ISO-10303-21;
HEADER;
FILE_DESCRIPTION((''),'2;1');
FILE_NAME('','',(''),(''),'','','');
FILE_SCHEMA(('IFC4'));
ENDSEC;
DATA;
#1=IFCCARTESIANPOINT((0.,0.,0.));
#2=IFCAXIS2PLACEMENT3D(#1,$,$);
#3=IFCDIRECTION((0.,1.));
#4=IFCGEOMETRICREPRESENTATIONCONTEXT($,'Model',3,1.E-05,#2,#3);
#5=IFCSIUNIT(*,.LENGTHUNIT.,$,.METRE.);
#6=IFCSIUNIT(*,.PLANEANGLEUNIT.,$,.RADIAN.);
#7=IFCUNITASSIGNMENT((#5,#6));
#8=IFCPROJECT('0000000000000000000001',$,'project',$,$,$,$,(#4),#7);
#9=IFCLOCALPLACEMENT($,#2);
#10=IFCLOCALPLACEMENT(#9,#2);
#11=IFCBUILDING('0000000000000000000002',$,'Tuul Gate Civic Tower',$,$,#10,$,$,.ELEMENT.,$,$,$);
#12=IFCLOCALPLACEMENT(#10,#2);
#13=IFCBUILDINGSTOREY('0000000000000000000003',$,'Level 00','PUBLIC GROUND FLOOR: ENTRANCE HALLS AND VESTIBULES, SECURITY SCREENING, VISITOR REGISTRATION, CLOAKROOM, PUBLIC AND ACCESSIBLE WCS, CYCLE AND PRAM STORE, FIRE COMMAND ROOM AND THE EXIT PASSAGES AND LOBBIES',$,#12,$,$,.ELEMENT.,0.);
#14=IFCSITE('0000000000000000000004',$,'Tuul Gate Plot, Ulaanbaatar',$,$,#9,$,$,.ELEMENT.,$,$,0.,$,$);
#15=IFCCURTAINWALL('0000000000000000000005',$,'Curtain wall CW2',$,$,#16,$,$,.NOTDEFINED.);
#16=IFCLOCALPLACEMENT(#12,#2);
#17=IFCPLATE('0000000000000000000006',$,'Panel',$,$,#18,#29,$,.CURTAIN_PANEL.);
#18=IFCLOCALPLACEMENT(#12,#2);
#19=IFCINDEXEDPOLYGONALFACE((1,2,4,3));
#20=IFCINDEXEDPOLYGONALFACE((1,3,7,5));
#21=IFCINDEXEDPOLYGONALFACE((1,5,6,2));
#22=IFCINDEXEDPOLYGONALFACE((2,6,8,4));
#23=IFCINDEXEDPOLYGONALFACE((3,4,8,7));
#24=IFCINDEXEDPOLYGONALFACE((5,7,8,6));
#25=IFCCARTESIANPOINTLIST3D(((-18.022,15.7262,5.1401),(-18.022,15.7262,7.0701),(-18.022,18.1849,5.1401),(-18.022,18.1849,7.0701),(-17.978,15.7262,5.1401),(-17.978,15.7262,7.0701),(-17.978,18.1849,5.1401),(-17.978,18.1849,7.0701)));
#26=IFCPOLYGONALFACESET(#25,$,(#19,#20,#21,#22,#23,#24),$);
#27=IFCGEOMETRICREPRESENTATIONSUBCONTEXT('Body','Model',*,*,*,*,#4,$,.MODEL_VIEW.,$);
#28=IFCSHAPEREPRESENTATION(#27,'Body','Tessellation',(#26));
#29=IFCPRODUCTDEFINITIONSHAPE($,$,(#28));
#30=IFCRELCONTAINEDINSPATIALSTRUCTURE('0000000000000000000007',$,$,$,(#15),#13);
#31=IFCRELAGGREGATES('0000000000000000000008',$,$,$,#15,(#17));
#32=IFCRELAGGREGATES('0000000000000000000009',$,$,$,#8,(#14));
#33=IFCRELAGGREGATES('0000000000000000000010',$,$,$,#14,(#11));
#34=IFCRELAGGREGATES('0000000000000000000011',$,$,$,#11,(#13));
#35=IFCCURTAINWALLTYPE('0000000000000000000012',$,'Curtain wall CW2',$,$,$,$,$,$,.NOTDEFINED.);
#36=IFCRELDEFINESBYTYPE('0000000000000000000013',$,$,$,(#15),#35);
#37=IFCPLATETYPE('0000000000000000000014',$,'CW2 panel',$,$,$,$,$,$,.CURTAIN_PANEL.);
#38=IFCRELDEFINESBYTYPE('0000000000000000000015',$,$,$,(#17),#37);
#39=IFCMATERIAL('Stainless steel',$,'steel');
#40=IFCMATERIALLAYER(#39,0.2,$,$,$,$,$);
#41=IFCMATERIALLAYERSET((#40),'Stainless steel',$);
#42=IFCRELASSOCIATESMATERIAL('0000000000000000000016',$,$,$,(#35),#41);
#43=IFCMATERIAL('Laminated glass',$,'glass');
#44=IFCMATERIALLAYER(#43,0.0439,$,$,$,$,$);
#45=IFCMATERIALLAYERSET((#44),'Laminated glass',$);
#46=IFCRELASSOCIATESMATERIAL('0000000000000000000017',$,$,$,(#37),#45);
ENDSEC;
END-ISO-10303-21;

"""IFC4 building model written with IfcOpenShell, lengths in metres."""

from ifc_helpers import new_model, si_unit, direction, frame, origin, origin_2d, place, context, subcontext, project, spatial, rectangle, extrude, material, layer, layer_set, type_object, element, aggregate, save


model = new_model("IFC4")

# Units and contexts
model_context = context("Model", 3, precision=1e-05, world=origin(), true_north=direction((0.0, 1.0)))
body_context = subcontext(model_context, "Body", "Model", "MODEL_VIEW")
ifc_project = project(units=[si_unit("LENGTHUNIT", "METRE"), si_unit("PLANEANGLEUNIT", "RADIAN")], contexts=[model_context])

# Site, building, storey
site_placement = place(None, origin())
site = spatial("IfcSite", under=ifc_project, at=site_placement, Name="Tuul Gate Plot, Ulaanbaatar", CompositionType="ELEMENT", RefElevation=0.0)
building_placement = place(site_placement, origin())
building = spatial("IfcBuilding", under=site, at=building_placement, Name="Tuul Gate Civic Tower", CompositionType="ELEMENT")
storey_placement = place(building_placement, origin())
storey = spatial("IfcBuildingStorey", under=building, at=storey_placement, Name="Level 00", Description="PUBLIC GROUND FLOOR: ENTRANCE HALLS AND VESTIBULES, SECURITY SCREENING, VISITOR REGISTRATION, CLOAKROOM, PUBLIC AND ACCESSIBLE WCS, CYCLE AND PRAM STORE, FIRE COMMAND ROOM AND THE EXIT PASSAGES AND LOBBIES", CompositionType="ELEMENT", Elevation=0.0)

# Shared definitions
ifc_material_1 = material(Name="Stainless steel", Category="steel")
ifc_layer_1 = layer(ifc_material_1, 0.2)
ifc_layer_set_1 = layer_set([ifc_layer_1], Name="Stainless steel")
curtain_wall_type = type_object("IfcCurtainWallType", Name="Curtain wall CW2", PredefinedType="NOTDEFINED", material=ifc_layer_set_1)

# Curtain wall
curtain_wall_1_placement = place(storey_placement, origin())
curtain_wall_1 = element("IfcCurtainWall", 1, at=curtain_wall_1_placement, inside=storey, type_object=curtain_wall_type, Name="Curtain wall CW2", PredefinedType="NOTDEFINED")

# Plate
ifc_material_2 = material(Name="Laminated glass", Category="glass")
ifc_layer_2 = layer(ifc_material_2, 0.0439)
ifc_layer_set_2 = layer_set([ifc_layer_2], Name="Laminated glass")
plate_type = type_object("IfcPlateType", Name="CW2 panel", PredefinedType="CURTAIN_PANEL", material=ifc_layer_set_2)
plate_1_placement = place(storey_placement, frame((-18.0, 16.9556, 5.1401), z_axis=(0.0, 0.0, 1.0), x_axis=(0.0, 1.0, 0.0)))
plate_1 = element("IfcPlate", 2, at=plate_1_placement, type_object=plate_type, Name="Panel", PredefinedType="CURTAIN_PANEL", context=body_context, shape_type="SweptSolid", body=[
    extrude(rectangle(XDim=2.4587, YDim=0.0439, at=origin_2d()), origin(), (0.0, 0.0, 1.0), 1.9299),
])
aggregate(curtain_wall_1, [plate_1])

save(model, "model.ifc")
